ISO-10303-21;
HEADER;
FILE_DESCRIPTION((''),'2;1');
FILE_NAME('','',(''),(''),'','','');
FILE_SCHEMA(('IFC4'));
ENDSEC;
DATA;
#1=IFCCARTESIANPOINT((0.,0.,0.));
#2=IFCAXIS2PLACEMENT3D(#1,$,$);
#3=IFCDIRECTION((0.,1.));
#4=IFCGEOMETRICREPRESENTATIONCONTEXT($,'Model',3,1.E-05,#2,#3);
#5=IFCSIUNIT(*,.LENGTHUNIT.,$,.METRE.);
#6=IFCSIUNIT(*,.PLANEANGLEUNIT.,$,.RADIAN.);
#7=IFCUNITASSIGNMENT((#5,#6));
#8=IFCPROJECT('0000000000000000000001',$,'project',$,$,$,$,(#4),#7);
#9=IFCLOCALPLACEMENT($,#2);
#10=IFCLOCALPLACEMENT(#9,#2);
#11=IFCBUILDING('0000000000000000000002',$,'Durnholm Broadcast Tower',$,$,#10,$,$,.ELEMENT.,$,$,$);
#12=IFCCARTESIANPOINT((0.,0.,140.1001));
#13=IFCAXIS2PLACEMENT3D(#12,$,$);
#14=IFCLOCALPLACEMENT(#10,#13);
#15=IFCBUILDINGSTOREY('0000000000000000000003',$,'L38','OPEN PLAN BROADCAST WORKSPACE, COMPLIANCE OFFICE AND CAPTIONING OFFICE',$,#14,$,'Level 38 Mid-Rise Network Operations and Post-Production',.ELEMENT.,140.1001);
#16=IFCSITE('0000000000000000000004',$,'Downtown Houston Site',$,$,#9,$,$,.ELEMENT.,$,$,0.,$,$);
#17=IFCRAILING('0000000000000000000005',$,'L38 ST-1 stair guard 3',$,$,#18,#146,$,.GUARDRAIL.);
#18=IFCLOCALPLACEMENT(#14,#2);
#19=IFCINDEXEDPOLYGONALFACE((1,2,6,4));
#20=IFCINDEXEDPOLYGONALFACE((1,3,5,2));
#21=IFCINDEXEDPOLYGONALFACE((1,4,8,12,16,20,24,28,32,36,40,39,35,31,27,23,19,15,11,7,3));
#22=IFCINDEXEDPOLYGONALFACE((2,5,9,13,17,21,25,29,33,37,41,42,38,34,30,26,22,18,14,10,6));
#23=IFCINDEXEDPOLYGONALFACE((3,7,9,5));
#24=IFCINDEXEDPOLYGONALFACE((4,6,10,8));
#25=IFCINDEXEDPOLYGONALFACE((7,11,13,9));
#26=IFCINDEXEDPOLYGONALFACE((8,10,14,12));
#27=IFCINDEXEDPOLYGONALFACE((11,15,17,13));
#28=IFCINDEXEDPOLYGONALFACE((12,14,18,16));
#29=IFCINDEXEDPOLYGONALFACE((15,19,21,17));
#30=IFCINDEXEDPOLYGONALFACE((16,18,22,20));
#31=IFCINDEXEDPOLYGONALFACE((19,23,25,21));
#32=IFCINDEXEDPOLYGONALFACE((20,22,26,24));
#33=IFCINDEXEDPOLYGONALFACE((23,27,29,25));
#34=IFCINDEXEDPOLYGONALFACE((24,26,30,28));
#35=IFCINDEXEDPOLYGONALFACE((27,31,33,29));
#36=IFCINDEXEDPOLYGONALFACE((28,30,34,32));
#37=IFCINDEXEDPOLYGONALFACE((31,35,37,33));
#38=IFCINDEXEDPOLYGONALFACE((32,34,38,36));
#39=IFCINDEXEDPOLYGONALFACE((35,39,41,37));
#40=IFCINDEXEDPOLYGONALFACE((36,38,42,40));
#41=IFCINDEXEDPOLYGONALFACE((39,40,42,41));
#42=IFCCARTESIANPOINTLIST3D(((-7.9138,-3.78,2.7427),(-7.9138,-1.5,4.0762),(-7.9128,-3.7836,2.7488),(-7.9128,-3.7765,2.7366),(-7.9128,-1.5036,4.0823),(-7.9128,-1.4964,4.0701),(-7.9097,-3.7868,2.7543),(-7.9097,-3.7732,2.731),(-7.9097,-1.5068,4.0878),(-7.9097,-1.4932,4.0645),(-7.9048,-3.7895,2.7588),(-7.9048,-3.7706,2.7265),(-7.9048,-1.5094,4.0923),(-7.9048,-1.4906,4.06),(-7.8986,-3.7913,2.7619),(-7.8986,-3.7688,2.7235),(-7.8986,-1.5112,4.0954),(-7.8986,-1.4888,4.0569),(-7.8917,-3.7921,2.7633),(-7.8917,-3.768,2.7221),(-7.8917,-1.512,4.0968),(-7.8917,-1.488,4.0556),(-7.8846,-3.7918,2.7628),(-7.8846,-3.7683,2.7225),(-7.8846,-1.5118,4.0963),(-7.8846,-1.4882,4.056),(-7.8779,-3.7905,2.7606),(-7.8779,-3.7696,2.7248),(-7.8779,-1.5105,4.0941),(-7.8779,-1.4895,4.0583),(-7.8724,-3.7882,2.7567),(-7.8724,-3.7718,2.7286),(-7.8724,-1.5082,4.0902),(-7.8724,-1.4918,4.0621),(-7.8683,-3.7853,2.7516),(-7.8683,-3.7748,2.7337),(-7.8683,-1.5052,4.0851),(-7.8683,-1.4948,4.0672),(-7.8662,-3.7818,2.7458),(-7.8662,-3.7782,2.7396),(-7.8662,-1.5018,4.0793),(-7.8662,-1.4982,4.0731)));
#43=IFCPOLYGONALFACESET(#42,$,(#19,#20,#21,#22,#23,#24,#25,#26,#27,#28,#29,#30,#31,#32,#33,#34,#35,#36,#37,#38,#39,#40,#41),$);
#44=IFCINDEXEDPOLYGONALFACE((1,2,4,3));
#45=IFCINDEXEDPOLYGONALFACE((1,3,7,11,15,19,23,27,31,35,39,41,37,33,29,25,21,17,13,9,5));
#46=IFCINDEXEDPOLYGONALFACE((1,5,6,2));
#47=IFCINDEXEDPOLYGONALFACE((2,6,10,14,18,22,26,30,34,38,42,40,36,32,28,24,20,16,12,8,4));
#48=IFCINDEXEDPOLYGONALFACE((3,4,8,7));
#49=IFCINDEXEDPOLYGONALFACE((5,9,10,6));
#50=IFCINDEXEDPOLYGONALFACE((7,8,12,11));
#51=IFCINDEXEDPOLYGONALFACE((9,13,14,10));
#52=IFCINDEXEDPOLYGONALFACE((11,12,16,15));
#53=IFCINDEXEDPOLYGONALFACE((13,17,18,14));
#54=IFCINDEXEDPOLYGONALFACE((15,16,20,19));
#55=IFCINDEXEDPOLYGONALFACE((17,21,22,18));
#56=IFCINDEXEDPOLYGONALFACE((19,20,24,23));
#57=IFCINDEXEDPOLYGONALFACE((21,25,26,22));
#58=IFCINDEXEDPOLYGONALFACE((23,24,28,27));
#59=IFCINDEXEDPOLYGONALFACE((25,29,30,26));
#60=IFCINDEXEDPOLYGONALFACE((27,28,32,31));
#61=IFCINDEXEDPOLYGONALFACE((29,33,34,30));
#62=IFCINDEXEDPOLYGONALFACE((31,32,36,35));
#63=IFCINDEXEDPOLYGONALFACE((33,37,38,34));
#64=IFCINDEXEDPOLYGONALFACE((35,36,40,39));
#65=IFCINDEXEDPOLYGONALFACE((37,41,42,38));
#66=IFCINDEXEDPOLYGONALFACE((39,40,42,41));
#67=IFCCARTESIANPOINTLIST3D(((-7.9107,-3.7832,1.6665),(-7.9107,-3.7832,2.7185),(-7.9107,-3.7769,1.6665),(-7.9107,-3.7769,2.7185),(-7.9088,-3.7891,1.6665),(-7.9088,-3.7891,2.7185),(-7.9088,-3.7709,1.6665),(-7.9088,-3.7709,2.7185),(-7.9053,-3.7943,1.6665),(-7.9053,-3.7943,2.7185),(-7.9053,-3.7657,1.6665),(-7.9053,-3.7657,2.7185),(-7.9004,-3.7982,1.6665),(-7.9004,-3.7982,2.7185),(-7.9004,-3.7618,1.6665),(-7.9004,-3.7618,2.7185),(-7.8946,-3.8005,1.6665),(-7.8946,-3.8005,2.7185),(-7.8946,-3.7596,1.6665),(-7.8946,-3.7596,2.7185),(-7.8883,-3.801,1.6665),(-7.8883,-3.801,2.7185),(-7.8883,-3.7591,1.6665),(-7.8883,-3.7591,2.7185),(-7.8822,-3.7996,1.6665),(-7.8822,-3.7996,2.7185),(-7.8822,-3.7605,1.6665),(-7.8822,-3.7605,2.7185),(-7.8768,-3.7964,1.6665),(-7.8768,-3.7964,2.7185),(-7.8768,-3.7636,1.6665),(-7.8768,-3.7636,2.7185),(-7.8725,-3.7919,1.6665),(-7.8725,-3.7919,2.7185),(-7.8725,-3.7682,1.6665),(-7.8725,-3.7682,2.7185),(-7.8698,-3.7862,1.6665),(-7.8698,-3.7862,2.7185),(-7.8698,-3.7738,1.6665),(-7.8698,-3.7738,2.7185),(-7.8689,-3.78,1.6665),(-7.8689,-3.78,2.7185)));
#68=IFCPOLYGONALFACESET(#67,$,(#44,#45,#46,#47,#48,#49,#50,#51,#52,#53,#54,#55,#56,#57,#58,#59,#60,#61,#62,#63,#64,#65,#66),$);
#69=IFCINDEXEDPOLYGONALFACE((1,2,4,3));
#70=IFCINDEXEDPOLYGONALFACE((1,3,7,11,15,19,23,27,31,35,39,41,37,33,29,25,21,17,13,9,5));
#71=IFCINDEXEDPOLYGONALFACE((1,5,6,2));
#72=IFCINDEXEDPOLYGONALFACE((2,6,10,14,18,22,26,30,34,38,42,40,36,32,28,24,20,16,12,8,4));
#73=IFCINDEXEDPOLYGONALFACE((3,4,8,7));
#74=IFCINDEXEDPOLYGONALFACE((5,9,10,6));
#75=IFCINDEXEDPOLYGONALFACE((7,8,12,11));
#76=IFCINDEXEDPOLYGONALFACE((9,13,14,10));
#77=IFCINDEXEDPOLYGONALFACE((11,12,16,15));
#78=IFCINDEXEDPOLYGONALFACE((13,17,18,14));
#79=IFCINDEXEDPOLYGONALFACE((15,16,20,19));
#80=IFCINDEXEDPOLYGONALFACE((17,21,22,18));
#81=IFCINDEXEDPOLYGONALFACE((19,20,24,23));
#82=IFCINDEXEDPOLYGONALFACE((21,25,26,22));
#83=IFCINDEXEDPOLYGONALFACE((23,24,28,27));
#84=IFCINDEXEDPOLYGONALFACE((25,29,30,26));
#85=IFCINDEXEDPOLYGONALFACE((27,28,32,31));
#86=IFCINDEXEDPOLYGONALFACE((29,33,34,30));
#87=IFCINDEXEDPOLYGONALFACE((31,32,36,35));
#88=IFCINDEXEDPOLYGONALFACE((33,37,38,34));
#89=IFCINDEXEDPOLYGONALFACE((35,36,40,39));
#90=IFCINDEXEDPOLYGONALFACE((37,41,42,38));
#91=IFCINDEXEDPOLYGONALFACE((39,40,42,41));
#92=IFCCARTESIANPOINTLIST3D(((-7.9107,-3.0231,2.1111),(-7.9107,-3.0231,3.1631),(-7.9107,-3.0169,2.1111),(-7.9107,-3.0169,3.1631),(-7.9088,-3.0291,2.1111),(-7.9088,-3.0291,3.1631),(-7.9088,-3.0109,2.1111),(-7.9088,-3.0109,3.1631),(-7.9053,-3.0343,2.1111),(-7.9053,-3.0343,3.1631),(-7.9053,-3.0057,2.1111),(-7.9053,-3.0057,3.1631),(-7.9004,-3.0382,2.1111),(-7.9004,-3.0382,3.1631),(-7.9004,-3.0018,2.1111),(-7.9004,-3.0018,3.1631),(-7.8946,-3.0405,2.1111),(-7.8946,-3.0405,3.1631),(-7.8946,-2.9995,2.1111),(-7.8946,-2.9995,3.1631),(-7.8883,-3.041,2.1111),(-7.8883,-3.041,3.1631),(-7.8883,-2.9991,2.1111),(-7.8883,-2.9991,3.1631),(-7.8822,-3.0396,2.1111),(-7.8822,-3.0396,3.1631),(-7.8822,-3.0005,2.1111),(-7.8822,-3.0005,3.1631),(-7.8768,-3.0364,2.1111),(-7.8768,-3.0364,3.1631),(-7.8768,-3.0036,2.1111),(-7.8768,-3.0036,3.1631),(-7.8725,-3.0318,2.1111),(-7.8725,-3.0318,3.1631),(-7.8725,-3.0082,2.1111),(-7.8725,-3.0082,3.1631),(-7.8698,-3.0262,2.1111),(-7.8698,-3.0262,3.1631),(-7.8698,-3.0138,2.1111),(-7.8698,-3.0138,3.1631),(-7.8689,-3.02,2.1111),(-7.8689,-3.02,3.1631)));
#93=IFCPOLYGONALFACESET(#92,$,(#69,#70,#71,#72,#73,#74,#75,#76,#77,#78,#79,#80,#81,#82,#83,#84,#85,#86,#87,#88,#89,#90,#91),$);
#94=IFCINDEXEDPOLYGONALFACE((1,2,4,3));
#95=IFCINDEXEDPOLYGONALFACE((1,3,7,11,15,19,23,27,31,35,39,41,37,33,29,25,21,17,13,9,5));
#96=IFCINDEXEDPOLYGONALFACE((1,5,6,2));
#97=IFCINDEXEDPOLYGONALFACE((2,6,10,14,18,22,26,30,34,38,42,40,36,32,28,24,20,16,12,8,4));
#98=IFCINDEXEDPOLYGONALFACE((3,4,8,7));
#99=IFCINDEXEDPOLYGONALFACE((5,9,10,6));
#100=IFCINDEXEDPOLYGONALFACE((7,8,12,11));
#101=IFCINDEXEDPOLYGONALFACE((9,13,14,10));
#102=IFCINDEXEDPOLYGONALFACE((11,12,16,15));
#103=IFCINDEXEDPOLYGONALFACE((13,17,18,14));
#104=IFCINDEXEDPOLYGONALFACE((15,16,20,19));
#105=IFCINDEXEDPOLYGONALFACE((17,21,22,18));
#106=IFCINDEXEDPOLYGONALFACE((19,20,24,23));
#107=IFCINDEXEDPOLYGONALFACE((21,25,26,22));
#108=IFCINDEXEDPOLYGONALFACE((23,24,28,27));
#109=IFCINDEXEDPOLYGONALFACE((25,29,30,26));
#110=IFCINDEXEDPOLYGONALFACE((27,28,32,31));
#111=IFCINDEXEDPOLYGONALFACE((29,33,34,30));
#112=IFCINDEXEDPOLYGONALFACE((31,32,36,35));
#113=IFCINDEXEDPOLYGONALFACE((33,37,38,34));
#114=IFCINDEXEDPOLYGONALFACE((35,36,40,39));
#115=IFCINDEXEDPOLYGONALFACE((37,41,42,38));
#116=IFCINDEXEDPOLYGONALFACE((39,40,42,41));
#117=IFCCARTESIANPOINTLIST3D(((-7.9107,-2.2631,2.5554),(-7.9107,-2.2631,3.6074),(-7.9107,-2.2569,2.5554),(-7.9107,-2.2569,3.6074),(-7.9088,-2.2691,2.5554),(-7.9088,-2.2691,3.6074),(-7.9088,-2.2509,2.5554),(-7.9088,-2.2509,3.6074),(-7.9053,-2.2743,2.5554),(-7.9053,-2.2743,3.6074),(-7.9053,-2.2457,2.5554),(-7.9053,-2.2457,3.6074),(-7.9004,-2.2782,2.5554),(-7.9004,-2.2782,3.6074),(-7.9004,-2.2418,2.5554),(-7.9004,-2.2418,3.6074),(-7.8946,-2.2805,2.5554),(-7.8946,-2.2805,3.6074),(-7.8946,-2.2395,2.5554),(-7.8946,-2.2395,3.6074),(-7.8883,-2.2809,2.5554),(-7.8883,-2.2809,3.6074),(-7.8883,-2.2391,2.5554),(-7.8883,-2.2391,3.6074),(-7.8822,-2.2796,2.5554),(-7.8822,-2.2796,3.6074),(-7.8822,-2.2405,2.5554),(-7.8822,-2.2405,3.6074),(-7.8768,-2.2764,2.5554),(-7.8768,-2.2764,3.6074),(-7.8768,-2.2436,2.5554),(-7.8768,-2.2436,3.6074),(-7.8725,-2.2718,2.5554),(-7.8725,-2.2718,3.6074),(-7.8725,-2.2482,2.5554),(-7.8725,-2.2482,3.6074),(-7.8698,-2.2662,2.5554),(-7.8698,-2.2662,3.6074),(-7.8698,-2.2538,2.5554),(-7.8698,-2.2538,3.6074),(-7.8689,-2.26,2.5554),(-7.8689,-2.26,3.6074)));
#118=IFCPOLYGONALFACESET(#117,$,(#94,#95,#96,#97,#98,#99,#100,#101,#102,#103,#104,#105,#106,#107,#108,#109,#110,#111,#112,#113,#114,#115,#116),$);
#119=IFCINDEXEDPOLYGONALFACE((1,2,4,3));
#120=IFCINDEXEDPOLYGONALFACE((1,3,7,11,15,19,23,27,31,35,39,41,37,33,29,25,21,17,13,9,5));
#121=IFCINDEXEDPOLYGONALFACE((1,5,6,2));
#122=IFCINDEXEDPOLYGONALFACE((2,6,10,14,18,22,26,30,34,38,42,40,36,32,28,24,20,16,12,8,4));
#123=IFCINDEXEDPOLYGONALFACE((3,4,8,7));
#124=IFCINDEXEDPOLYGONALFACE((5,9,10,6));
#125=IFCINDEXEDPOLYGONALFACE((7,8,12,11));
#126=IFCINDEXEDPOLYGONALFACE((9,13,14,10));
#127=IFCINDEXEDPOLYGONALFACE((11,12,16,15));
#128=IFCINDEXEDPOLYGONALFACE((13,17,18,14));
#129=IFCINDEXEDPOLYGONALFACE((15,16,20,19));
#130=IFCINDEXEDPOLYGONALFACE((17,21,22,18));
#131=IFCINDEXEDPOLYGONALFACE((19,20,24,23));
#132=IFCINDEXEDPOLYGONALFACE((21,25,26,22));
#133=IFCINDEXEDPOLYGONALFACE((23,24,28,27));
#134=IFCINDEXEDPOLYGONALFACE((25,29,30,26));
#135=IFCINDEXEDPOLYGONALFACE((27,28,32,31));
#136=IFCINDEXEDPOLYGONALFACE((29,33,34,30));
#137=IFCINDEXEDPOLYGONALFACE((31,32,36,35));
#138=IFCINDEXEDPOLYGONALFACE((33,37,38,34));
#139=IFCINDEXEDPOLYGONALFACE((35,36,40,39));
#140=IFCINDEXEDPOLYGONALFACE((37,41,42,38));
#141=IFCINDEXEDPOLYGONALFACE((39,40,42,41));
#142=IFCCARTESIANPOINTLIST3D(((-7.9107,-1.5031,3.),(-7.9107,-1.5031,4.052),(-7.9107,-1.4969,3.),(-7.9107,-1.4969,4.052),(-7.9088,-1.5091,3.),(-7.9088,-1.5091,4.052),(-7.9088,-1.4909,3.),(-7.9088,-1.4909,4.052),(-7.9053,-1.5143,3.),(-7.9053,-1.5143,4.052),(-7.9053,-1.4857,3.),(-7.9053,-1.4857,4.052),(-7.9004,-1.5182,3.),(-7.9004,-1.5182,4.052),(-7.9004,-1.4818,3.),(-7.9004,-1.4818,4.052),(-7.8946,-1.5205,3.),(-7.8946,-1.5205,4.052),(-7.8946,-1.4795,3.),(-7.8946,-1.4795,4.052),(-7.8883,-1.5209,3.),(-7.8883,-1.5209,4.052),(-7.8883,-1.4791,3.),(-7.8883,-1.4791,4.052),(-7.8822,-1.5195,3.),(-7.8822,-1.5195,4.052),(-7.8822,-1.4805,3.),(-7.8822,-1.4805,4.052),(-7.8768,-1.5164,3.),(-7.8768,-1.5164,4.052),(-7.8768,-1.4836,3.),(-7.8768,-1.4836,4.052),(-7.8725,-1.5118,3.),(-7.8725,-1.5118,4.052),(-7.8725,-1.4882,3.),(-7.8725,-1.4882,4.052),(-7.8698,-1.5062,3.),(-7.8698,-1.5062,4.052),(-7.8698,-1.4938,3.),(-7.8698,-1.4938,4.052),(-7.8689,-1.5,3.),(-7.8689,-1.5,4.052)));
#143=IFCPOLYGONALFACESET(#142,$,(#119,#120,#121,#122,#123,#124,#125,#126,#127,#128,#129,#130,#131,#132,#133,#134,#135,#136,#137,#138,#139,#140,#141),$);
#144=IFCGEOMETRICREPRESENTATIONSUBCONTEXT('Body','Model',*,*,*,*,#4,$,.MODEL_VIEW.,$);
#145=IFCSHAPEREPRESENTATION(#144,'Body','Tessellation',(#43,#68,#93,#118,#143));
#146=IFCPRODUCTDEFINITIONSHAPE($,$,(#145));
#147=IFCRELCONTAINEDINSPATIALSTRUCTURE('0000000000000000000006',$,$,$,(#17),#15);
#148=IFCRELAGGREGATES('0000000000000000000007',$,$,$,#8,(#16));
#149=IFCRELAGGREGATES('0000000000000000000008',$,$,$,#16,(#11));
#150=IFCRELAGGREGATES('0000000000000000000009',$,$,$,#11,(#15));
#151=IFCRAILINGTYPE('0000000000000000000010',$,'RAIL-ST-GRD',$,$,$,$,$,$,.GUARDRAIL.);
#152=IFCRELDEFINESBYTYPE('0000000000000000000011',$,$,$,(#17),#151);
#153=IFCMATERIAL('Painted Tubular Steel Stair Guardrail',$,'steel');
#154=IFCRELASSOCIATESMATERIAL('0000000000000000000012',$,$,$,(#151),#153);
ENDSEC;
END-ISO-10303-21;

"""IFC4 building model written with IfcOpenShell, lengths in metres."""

from ifc_helpers import new_model, si_unit, direction, frame, origin, origin_2d, place, context, subcontext, project, spatial, circle, extrude, material, type_object, element, save


model = new_model("IFC4")

# Units and contexts
model_context = context("Model", 3, precision=1e-05, world=origin(), true_north=direction((0.0, 1.0)))
body_context = subcontext(model_context, "Body", "Model", "MODEL_VIEW")
ifc_project = project(units=[si_unit("LENGTHUNIT", "METRE"), si_unit("PLANEANGLEUNIT", "RADIAN")], contexts=[model_context])

# Site, building, storey
site_placement = place(None, origin())
site = spatial("IfcSite", under=ifc_project, at=site_placement, Name="Downtown Houston Site", CompositionType="ELEMENT", RefElevation=0.0)
building_placement = place(site_placement, origin())
building = spatial("IfcBuilding", under=site, at=building_placement, Name="Durnholm Broadcast Tower", CompositionType="ELEMENT")
storey_placement = place(building_placement, frame((0.0, 0.0, 140.1001)))
storey = spatial("IfcBuildingStorey", under=building, at=storey_placement, Name="L38", Description="OPEN PLAN BROADCAST WORKSPACE, COMPLIANCE OFFICE AND CAPTIONING OFFICE", LongName="Level 38 Mid-Rise Network Operations and Post-Production", CompositionType="ELEMENT", Elevation=140.1001)

# Railing
ifc_material_1 = material(Name="Painted Tubular Steel Stair Guardrail", Category="steel")
railing_type_1 = type_object("IfcRailingType", Name="RAIL-ST-GRD", PredefinedType="GUARDRAIL", material=ifc_material_1)
railing_1_placement = place(storey_placement, frame((-7.8899, -3.78, 1.6665)))
element("IfcRailing", 1, at=railing_1_placement, inside=storey, type_object=railing_type_1, Name="L38 ST-1 stair guard 3", PredefinedType="GUARDRAIL", context=body_context, shape_type="SweptSolid", body=[
    extrude(circle(Radius=0.0239, at=origin_2d()), frame((0.0, 0.0, 1.0762), z_axis=(0.0, 0.863205, 0.504853), x_axis=(-1.0, 0.0, 0.0)), (0.0, 0.0, 1.0), 2.6414),
    extrude(circle(Radius=0.021, at=origin_2d()), origin(), (0.0, 0.0, 1.0), 1.052),
    extrude(circle(Radius=0.021, at=origin_2d()), frame((0.0, 0.76, 0.4446)), (0.0, 0.0, 1.0), 1.052),
    extrude(circle(Radius=0.021, at=origin_2d()), frame((0.0, 1.52, 0.8889)), (0.0, 0.0, 1.0), 1.052),
    extrude(circle(Radius=0.021, at=origin_2d()), frame((0.0, 2.28, 1.3335)), (0.0, 0.0, 1.0), 1.052),
])

save(model, "model.ifc")
